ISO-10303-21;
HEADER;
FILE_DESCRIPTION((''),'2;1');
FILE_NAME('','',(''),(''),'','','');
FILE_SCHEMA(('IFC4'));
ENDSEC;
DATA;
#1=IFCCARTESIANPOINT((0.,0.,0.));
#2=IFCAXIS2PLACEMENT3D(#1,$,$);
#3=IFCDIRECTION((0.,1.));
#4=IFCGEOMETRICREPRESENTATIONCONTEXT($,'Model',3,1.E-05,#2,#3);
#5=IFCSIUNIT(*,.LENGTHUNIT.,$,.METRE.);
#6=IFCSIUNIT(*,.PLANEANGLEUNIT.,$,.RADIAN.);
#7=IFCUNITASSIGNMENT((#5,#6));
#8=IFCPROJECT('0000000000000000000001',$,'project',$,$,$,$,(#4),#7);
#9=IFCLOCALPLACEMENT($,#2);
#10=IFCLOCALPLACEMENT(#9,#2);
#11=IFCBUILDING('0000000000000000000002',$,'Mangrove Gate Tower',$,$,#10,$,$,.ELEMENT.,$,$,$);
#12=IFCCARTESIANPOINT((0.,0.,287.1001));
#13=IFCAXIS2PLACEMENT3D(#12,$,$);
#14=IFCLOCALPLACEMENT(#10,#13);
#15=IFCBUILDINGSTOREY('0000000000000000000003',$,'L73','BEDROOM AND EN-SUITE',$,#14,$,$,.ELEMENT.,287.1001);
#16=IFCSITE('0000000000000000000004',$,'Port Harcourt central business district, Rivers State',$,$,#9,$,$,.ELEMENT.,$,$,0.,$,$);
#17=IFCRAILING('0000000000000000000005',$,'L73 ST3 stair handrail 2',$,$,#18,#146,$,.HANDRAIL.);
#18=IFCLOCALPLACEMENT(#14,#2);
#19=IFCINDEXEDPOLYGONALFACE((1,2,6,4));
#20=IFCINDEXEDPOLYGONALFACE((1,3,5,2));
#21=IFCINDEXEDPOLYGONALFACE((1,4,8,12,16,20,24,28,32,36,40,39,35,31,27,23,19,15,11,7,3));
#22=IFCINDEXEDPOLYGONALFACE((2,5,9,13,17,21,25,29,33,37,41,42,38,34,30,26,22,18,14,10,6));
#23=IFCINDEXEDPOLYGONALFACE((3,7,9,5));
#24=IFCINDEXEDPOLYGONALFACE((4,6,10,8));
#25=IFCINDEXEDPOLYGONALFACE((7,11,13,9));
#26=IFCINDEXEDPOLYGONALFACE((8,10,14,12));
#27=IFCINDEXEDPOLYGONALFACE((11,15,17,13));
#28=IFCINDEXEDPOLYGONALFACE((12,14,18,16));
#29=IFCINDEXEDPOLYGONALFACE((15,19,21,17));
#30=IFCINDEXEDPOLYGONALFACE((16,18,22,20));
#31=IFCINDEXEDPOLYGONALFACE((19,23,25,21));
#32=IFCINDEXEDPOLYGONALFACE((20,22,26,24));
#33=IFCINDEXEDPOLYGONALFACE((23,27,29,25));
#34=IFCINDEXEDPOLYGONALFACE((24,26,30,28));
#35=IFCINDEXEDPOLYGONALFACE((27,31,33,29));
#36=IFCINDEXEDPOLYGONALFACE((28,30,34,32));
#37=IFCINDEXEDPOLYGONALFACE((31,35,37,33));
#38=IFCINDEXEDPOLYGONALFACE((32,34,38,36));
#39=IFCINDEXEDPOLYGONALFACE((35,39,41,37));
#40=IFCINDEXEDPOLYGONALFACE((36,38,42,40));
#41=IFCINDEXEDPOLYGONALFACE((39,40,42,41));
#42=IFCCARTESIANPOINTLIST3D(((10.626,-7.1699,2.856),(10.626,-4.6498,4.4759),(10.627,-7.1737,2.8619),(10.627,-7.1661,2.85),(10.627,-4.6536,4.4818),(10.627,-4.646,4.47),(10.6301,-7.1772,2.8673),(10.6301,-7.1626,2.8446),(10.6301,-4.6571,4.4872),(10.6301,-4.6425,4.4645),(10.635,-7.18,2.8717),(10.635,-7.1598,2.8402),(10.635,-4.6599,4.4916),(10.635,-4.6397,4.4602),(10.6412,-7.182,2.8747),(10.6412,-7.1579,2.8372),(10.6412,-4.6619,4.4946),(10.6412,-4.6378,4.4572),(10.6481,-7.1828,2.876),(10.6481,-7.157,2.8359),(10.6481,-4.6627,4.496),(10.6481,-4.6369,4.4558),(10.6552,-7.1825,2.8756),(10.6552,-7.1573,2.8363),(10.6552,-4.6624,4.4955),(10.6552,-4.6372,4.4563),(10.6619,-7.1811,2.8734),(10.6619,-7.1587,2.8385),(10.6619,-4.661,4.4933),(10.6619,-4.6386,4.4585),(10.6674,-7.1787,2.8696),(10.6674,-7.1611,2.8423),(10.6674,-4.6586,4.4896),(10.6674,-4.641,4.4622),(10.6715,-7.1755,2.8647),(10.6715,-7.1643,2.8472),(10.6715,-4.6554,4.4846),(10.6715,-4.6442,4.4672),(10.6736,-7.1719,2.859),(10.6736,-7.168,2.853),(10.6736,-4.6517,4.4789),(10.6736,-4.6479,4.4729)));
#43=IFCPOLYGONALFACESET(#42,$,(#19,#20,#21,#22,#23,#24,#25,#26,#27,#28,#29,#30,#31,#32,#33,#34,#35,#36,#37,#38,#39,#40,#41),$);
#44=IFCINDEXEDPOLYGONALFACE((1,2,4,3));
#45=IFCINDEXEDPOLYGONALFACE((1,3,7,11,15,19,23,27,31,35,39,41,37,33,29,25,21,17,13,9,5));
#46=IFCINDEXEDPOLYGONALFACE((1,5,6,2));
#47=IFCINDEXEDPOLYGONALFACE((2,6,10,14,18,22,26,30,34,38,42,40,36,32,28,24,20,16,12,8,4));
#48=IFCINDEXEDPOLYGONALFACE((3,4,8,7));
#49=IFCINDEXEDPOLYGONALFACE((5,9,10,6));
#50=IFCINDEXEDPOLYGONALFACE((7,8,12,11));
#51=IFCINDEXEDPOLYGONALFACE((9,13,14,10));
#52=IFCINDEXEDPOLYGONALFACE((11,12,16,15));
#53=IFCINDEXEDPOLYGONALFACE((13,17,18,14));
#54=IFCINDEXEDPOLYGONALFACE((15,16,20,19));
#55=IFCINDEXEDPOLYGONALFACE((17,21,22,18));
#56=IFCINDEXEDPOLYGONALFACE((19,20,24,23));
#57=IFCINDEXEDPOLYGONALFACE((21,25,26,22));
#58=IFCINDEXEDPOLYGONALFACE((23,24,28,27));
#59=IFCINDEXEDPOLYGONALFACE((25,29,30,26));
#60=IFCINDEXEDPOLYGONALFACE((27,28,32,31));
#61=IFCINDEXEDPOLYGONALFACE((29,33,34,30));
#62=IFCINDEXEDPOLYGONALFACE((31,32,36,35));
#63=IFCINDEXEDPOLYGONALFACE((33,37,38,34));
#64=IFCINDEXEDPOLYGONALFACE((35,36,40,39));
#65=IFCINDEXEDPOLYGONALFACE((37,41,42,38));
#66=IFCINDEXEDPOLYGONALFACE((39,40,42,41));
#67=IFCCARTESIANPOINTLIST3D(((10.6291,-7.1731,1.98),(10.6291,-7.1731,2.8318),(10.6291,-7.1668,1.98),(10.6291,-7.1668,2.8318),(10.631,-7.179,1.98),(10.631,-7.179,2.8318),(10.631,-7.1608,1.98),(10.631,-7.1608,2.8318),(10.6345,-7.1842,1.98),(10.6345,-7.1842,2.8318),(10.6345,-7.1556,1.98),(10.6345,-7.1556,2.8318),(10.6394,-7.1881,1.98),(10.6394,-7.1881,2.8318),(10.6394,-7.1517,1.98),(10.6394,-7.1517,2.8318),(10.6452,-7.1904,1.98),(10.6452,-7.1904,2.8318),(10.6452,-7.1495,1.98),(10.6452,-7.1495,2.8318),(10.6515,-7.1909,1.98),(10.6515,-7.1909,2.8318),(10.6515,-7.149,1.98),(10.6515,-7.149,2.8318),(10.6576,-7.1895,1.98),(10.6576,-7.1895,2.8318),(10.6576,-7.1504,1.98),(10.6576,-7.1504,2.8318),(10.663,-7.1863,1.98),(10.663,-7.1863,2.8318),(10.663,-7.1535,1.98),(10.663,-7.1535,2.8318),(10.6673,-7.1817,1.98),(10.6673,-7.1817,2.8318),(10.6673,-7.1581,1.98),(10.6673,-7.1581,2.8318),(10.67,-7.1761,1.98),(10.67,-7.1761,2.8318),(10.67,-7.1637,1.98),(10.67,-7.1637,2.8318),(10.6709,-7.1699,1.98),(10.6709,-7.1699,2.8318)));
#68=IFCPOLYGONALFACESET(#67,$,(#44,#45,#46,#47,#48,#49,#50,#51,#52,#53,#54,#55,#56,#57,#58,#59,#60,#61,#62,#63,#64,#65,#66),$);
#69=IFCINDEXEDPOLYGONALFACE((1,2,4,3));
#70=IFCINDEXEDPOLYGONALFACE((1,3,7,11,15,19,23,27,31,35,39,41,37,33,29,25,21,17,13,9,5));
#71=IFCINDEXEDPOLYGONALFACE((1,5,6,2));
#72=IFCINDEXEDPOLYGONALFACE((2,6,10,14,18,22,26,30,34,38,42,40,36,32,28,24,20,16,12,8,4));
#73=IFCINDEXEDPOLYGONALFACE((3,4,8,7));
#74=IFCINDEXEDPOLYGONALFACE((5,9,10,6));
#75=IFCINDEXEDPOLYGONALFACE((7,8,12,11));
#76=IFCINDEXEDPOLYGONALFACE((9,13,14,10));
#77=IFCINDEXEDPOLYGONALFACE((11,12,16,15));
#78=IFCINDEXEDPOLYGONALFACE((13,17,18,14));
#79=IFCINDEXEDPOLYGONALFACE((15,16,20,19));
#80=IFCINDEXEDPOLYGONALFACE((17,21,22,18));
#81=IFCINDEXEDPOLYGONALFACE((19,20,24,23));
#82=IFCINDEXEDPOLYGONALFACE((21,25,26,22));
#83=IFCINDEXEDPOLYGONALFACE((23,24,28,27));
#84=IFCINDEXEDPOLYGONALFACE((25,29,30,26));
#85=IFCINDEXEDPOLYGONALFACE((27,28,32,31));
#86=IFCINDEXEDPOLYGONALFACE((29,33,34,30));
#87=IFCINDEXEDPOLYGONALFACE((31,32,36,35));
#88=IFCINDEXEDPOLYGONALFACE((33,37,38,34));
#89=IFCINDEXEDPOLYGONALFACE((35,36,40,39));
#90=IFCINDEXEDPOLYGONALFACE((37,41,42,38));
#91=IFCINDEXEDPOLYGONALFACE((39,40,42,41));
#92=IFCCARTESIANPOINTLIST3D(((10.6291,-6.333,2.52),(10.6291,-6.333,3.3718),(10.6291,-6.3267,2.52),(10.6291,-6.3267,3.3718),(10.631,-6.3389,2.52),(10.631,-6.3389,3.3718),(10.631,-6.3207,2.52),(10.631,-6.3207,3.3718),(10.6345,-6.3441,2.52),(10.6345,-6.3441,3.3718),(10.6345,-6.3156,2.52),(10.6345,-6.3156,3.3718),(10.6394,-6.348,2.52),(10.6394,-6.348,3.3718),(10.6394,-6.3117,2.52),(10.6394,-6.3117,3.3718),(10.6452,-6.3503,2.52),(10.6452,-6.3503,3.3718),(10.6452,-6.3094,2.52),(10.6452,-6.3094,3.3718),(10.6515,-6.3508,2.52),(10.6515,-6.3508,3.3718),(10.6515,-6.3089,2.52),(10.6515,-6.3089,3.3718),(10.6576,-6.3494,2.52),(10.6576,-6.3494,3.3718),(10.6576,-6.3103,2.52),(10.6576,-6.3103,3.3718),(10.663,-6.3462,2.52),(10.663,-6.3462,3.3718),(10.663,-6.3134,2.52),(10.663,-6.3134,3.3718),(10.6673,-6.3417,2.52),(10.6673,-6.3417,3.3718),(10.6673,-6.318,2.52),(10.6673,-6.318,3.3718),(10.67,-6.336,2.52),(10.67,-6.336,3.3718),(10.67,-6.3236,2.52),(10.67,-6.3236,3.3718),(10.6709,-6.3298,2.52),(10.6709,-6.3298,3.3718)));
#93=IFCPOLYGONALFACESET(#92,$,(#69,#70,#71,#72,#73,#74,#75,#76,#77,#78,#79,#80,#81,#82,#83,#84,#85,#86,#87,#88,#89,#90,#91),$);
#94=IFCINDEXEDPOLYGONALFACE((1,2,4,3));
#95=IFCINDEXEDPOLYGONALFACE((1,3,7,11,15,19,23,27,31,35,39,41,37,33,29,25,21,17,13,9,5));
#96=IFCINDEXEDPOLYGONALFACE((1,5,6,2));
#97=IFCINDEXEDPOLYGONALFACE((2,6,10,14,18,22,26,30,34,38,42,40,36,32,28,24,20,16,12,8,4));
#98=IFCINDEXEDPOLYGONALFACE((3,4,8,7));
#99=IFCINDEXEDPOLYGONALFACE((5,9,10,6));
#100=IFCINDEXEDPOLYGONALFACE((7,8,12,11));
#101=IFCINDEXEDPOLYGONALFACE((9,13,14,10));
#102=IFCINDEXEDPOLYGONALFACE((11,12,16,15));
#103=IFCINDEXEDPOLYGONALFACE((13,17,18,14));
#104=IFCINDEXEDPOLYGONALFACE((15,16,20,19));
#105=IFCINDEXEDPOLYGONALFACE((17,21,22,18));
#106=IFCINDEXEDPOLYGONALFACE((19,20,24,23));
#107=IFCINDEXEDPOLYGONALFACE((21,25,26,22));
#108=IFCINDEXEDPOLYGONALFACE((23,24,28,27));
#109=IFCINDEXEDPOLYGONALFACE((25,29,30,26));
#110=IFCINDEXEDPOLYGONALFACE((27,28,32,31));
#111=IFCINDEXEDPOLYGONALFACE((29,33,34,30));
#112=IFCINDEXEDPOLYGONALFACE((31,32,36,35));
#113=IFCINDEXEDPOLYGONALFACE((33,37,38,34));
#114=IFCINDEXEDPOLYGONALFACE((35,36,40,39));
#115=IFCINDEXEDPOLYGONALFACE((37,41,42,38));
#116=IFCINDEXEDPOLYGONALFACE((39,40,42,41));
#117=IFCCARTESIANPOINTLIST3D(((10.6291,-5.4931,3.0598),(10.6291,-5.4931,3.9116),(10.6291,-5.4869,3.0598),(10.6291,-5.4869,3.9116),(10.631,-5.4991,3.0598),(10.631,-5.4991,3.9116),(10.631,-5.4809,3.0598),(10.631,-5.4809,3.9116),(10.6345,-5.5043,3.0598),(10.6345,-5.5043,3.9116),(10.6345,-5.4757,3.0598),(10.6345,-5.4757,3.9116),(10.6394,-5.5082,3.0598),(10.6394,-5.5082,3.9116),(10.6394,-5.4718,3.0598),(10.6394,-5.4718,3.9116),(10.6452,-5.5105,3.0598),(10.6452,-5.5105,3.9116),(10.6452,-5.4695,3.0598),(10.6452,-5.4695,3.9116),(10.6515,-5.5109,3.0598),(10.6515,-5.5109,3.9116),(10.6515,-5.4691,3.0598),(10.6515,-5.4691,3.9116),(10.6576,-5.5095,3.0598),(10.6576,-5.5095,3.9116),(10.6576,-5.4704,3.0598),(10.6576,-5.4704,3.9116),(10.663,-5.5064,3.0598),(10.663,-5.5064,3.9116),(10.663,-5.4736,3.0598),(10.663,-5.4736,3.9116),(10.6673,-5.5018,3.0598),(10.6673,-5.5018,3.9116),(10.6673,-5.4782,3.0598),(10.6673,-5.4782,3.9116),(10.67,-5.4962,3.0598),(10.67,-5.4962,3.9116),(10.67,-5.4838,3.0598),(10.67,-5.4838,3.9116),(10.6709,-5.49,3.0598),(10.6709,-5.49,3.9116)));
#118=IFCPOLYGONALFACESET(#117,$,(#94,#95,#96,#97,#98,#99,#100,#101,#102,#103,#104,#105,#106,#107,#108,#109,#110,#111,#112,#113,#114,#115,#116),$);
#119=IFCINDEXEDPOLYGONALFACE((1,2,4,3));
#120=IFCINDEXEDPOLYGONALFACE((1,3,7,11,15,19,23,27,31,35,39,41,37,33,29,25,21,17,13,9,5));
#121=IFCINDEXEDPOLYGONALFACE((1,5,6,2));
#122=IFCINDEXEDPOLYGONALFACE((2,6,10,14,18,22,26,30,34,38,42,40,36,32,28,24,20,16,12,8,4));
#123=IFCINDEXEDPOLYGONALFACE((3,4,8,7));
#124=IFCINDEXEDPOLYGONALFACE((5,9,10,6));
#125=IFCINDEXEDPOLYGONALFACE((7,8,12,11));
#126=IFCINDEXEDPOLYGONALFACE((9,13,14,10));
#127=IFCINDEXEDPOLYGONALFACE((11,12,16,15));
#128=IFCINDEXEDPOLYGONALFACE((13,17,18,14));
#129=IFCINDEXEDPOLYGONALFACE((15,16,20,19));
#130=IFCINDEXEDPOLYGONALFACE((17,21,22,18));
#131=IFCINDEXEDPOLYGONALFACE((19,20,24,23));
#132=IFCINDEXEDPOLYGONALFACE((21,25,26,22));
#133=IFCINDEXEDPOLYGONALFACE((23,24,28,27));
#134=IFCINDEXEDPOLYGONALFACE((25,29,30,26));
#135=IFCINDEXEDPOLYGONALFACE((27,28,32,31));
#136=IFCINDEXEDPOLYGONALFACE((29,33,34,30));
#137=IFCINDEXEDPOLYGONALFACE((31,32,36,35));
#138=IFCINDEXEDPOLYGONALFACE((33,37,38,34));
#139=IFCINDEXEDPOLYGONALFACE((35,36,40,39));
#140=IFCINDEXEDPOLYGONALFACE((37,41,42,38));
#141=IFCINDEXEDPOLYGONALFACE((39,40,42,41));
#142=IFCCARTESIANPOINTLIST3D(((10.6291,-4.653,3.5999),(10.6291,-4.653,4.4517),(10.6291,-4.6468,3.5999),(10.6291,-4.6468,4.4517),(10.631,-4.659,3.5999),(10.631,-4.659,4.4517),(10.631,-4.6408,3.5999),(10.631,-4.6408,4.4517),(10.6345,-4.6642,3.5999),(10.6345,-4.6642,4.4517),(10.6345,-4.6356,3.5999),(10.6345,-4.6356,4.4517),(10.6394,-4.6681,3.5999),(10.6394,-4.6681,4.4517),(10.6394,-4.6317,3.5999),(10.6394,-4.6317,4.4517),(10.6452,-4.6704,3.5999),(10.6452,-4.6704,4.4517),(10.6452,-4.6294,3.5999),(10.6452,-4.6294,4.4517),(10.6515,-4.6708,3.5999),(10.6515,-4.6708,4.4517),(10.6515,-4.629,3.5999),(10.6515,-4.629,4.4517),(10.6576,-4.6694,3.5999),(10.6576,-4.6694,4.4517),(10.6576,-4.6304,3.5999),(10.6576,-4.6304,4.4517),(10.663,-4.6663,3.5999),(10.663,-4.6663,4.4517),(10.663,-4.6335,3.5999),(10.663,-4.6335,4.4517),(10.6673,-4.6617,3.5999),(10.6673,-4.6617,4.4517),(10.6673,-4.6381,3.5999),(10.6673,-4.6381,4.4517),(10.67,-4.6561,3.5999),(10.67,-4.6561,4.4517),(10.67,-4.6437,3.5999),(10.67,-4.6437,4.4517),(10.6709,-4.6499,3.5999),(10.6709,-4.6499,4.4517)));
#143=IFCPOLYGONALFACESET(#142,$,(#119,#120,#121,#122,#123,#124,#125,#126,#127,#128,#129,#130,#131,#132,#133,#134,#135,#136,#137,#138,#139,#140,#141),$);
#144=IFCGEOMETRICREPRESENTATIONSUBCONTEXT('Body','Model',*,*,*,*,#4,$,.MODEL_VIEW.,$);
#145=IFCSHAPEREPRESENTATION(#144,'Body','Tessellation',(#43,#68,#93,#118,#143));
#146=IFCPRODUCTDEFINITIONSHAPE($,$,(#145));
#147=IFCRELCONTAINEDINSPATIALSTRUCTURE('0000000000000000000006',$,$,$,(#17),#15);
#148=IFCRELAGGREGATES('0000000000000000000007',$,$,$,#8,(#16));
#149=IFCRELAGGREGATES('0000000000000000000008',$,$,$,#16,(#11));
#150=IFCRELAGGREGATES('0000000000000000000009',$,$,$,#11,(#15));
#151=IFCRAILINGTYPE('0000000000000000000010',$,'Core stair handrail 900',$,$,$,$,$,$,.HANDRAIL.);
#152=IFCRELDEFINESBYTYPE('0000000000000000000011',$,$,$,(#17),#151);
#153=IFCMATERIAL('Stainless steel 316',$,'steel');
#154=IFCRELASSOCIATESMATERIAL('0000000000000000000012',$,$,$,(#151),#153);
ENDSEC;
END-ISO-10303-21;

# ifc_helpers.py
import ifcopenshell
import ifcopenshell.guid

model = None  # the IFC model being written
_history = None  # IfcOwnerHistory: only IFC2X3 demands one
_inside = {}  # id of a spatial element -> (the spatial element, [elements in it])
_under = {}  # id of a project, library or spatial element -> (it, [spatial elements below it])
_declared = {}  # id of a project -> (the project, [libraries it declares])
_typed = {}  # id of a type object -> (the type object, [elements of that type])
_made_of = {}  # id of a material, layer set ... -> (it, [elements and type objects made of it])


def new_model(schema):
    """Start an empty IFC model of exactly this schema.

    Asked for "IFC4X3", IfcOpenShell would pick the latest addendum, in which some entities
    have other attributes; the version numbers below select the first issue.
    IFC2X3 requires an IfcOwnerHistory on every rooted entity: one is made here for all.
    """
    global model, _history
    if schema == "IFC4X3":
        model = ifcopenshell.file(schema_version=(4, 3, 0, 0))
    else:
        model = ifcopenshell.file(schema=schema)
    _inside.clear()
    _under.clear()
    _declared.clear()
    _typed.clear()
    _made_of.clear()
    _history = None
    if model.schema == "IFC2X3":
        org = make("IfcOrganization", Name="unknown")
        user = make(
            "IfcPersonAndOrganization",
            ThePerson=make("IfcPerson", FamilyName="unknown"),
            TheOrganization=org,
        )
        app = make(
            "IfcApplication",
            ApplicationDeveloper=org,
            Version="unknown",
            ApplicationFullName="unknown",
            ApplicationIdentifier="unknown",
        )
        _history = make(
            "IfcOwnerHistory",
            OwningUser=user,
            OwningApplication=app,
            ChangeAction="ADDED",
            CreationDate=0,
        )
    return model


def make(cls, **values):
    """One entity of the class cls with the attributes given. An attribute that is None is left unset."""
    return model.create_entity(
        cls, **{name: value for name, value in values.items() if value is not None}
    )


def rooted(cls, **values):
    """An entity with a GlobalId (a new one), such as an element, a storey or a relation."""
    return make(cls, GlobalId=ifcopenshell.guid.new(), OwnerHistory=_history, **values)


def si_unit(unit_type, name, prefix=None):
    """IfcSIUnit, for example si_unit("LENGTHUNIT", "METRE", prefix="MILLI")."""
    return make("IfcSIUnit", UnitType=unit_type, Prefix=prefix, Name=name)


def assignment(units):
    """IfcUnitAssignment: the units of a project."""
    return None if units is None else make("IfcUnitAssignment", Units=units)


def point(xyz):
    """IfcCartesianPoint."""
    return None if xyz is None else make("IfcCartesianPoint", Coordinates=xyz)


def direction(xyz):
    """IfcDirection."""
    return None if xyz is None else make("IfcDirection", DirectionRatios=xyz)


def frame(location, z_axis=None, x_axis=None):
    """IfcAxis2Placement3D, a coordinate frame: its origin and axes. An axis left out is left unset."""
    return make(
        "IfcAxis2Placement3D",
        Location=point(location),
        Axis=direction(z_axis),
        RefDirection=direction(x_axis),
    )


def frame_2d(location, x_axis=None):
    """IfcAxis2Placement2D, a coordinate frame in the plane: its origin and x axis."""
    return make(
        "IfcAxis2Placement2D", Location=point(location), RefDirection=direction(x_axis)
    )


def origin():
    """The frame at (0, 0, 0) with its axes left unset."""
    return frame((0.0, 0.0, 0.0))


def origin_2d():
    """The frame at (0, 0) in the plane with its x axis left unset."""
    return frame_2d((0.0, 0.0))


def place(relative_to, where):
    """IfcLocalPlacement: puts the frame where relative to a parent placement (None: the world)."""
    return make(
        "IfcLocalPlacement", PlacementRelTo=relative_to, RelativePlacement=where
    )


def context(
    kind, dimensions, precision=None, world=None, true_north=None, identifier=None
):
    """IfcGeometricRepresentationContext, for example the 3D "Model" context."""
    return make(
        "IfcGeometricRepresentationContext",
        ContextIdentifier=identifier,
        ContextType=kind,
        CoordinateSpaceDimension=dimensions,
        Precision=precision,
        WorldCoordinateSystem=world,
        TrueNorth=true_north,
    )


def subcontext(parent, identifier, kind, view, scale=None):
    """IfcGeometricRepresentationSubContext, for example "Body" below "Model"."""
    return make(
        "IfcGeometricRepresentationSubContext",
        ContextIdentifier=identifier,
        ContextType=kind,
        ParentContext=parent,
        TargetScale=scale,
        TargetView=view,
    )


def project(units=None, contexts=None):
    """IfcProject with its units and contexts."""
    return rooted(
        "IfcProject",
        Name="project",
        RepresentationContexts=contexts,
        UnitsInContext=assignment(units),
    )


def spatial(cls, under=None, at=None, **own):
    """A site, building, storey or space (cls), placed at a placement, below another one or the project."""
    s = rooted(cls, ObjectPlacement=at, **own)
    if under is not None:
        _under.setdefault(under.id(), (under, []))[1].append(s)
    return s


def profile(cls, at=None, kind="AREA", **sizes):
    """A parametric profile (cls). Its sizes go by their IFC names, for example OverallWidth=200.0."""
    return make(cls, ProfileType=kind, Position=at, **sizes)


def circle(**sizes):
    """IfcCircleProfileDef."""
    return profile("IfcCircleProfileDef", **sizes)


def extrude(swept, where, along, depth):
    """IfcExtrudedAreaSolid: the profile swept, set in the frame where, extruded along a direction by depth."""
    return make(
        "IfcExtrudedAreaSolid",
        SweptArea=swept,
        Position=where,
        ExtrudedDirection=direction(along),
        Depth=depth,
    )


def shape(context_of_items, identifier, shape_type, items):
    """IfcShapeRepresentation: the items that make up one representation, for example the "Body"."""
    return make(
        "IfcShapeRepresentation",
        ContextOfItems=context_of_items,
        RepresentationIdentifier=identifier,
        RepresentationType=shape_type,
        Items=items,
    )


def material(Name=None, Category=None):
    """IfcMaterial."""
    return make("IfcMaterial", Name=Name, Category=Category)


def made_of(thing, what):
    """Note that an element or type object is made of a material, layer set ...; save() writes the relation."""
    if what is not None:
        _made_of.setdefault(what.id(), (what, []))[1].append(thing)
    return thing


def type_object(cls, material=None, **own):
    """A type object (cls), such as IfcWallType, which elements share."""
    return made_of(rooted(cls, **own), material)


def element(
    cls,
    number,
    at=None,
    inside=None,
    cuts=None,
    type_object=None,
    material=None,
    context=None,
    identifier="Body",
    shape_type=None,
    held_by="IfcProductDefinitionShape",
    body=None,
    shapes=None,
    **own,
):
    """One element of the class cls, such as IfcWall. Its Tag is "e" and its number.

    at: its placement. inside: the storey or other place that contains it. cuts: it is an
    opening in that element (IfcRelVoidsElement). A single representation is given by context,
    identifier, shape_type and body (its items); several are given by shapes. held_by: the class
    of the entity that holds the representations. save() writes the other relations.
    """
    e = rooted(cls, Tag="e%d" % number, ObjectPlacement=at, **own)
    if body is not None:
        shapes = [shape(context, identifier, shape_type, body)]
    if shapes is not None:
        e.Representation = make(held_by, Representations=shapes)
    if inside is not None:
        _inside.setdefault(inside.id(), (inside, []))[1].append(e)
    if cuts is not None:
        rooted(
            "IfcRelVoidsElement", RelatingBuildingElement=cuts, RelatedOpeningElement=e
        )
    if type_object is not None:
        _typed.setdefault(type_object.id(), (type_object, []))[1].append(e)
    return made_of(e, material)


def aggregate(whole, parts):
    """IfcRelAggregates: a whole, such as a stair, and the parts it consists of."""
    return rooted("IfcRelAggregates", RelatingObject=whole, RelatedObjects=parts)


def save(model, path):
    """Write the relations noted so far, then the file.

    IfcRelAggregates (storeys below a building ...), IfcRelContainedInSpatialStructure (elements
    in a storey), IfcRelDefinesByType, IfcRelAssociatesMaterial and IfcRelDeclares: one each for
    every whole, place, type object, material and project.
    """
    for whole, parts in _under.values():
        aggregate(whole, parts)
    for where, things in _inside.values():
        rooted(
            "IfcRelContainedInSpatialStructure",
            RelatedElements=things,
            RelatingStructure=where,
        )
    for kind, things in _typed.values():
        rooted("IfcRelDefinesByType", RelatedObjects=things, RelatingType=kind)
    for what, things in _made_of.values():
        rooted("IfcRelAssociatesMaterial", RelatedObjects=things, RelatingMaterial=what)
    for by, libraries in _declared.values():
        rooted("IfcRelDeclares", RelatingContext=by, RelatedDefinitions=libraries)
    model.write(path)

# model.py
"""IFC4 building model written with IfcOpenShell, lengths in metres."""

from ifc_helpers import new_model, si_unit, direction, frame, origin, origin_2d, place, context, subcontext, project, spatial, circle, extrude, material, type_object, element, save


model = new_model("IFC4")

# Units and contexts
model_context = context("Model", 3, precision=1e-05, world=origin(), true_north=direction((0.0, 1.0)))
body_context = subcontext(model_context, "Body", "Model", "MODEL_VIEW")
ifc_project = project(units=[si_unit("LENGTHUNIT", "METRE"), si_unit("PLANEANGLEUNIT", "RADIAN")], contexts=[model_context])

# Site, building, storey
site_placement = place(None, origin())
site = spatial("IfcSite", under=ifc_project, at=site_placement, Name="Port Harcourt central business district, Rivers State", CompositionType="ELEMENT", RefElevation=0.0)
building_placement = place(site_placement, origin())
building = spatial("IfcBuilding", under=site, at=building_placement, Name="Mangrove Gate Tower", CompositionType="ELEMENT")
storey_placement = place(building_placement, frame((0.0, 0.0, 287.1001)))
storey = spatial("IfcBuildingStorey", under=building, at=storey_placement, Name="L73", Description="BEDROOM AND EN-SUITE", CompositionType="ELEMENT", Elevation=287.1001)

# Railing
ifc_material_1 = material(Name="Stainless steel 316", Category="steel")
railing_type_1 = type_object("IfcRailingType", Name="Core stair handrail 900", PredefinedType="HANDRAIL", material=ifc_material_1)
railing_1_placement = place(storey_placement, frame((10.6499, -7.1699, 1.98)))
element("IfcRailing", 1, at=railing_1_placement, inside=storey, type_object=railing_type_1, Name="L73 ST3 stair handrail 2", PredefinedType="HANDRAIL", context=body_context, shape_type="SweptSolid", body=[
    extrude(circle(Radius=0.0239, at=origin_2d()), frame((0.0, 0.0, 0.876), z_axis=(0.0, 0.8412, 0.540725), x_axis=(-1.0, 0.0, 0.0)), (0.0, 0.0, 1.0), 2.9958),
    extrude(circle(Radius=0.021, at=origin_2d()), origin(), (0.0, 0.0, 1.0), 0.8518),
    extrude(circle(Radius=0.021, at=origin_2d()), frame((0.0, 0.8401, 0.54)), (0.0, 0.0, 1.0), 0.8518),
    extrude(circle(Radius=0.021, at=origin_2d()), frame((0.0, 1.6799, 1.0798)), (0.0, 0.0, 1.0), 0.8518),
    extrude(circle(Radius=0.021, at=origin_2d()), frame((0.0, 2.52, 1.6199)), (0.0, 0.0, 1.0), 0.8518),
])

save(model, "model.ifc")
